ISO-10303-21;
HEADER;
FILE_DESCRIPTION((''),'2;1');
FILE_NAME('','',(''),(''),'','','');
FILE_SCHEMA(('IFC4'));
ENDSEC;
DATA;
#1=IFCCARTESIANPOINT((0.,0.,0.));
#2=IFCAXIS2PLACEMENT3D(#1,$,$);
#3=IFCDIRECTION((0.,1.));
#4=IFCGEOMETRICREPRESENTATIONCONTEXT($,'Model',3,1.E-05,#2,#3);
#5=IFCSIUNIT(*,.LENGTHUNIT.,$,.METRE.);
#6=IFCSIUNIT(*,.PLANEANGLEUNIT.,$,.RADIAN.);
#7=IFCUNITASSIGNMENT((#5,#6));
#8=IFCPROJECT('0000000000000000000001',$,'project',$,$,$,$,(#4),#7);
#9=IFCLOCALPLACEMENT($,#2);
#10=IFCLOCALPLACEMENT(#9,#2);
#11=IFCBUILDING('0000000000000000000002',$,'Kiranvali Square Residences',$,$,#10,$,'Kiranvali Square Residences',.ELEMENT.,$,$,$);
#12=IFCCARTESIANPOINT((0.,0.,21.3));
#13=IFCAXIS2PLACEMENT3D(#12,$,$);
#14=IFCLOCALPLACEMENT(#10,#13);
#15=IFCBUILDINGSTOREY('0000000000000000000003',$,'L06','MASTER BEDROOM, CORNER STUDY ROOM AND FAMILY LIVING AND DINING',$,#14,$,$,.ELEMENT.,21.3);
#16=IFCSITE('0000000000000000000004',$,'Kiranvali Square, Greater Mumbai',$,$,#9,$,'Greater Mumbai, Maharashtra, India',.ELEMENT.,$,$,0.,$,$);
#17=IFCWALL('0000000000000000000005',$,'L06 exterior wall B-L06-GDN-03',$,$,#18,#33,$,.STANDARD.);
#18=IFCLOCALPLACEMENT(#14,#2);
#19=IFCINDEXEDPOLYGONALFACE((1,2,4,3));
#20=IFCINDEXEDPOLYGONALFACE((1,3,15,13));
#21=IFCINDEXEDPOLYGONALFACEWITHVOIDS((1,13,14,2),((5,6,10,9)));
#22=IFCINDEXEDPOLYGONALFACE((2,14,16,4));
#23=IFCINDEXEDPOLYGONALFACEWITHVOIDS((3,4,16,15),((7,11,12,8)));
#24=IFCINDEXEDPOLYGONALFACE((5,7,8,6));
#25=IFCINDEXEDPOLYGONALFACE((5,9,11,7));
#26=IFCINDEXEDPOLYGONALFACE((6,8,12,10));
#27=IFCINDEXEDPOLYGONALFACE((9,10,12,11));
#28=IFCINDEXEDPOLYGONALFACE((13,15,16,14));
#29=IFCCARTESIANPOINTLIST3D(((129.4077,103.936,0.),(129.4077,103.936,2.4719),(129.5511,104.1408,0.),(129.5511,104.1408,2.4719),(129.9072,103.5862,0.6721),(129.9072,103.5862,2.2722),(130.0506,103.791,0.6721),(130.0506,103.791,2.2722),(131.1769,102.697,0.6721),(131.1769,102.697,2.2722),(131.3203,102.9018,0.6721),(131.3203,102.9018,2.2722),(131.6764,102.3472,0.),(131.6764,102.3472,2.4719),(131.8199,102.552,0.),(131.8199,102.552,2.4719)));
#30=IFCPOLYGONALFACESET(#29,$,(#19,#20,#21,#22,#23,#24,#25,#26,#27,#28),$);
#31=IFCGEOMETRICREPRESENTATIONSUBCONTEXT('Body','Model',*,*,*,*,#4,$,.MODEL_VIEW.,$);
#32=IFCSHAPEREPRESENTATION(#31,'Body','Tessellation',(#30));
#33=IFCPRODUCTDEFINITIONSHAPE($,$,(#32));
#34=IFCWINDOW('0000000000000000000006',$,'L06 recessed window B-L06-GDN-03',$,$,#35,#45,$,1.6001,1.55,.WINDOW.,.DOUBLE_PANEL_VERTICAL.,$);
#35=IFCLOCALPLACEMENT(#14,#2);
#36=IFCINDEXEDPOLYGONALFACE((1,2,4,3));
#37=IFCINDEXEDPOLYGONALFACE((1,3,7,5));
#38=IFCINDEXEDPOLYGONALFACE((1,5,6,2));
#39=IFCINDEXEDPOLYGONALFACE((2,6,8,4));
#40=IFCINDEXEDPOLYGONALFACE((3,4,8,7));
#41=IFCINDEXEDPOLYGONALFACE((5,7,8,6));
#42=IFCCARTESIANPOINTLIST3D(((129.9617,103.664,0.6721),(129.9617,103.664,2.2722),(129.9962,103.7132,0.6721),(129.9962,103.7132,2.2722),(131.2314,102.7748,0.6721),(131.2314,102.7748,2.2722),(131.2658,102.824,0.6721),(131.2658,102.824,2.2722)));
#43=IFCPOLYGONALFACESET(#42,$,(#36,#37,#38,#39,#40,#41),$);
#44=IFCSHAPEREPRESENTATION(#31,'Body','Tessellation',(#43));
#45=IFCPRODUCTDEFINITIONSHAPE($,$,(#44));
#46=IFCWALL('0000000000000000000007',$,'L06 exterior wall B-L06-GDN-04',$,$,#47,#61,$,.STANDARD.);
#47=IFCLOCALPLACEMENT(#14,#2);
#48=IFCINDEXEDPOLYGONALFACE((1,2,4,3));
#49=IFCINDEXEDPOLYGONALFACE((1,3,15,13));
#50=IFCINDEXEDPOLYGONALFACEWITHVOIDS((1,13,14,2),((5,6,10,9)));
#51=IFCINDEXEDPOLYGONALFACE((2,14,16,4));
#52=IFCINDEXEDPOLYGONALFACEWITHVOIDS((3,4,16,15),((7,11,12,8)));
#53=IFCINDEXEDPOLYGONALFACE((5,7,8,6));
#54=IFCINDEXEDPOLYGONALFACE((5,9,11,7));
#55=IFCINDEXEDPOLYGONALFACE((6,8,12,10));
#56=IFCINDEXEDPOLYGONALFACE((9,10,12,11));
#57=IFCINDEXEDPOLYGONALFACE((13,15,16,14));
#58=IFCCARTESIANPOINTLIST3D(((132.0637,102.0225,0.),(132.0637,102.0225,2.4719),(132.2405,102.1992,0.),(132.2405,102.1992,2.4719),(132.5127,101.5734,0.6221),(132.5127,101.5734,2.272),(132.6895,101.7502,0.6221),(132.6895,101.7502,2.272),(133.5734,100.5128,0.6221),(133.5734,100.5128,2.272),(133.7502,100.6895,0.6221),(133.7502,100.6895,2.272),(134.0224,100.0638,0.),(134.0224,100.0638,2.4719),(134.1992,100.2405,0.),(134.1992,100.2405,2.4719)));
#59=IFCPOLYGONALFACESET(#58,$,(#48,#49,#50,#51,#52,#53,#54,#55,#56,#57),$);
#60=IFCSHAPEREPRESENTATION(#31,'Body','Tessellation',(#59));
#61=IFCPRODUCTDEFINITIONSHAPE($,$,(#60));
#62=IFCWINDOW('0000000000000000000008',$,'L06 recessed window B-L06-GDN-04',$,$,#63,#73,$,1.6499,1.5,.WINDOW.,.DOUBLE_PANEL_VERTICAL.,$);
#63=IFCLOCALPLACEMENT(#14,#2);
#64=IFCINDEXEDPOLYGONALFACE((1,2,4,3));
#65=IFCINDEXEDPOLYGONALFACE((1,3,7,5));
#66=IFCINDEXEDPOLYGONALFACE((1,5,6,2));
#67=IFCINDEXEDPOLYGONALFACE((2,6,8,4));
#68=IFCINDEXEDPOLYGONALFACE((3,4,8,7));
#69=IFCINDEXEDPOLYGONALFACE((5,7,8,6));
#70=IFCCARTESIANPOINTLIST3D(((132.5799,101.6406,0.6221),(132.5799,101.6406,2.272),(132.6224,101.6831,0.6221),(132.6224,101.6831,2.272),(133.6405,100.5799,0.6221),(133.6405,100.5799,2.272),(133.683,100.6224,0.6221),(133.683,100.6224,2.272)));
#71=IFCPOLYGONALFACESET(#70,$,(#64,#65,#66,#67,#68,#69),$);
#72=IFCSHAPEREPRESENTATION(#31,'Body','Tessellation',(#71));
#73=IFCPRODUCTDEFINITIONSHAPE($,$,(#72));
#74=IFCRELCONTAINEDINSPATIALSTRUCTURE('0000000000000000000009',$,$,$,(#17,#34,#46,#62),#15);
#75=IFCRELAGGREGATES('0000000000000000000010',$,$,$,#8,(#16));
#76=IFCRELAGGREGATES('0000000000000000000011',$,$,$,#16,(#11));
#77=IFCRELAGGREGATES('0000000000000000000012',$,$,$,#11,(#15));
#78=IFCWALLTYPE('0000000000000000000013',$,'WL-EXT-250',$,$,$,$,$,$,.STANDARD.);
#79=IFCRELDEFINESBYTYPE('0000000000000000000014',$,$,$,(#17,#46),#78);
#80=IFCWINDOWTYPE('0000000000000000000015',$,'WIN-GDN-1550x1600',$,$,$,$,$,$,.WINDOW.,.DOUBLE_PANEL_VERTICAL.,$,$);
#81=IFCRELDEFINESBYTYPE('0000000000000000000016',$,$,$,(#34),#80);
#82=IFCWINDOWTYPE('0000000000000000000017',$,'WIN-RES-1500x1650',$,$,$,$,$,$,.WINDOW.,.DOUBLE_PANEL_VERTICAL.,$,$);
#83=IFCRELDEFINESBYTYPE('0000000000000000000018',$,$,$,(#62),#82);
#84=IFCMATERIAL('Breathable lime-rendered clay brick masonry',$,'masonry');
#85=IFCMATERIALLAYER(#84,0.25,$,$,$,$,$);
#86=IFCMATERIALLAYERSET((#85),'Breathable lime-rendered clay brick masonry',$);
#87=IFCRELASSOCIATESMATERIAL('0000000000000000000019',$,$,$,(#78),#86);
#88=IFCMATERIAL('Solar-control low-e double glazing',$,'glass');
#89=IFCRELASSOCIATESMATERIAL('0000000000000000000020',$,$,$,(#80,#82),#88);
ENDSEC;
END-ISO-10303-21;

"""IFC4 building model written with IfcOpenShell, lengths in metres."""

from ifc_helpers import new_model, si_unit, direction, frame, frame_2d, origin, place, context, subcontext, project, spatial, rectangle, extrude, material, layer, layer_set, type_object, element, fill, save


model = new_model("IFC4")

# Units and contexts
model_context = context("Model", 3, precision=1e-05, world=origin(), true_north=direction((0.0, 1.0)))
body_context = subcontext(model_context, "Body", "Model", "MODEL_VIEW")
ifc_project = project(units=[si_unit("LENGTHUNIT", "METRE"), si_unit("PLANEANGLEUNIT", "RADIAN")], contexts=[model_context])

# Site, building, storey
site_placement = place(None, origin())
site = spatial("IfcSite", under=ifc_project, at=site_placement, Name="Kiranvali Square, Greater Mumbai", LongName="Greater Mumbai, Maharashtra, India", CompositionType="ELEMENT", RefElevation=0.0)
building_placement = place(site_placement, origin())
building = spatial("IfcBuilding", under=site, at=building_placement, Name="Kiranvali Square Residences", LongName="Kiranvali Square Residences", CompositionType="ELEMENT")
storey_placement = place(building_placement, frame((0.0, 0.0, 21.3)))
storey = spatial("IfcBuildingStorey", under=building, at=storey_placement, Name="L06", Description="MASTER BEDROOM, CORNER STUDY ROOM AND FAMILY LIVING AND DINING", CompositionType="ELEMENT", Elevation=21.3)

# Shared definitions
ifc_material_1 = material(Name="Breathable lime-rendered clay brick masonry", Category="masonry")
ifc_layer_1 = layer(ifc_material_1, 0.25)
ifc_layer_set_1 = layer_set([ifc_layer_1], Name="Breathable lime-rendered clay brick masonry")
wall_type_1 = type_object("IfcWallType", Name="WL-EXT-250", PredefinedType="STANDARD", material=ifc_layer_set_1)

# Walls, openings, windows
wall_1_placement = place(storey_placement, frame((129.4795, 104.0383, 0.0), z_axis=(0.0, 0.0, 1.0), x_axis=(0.819112, -0.573634, 0.0)))
wall_1 = element("IfcWall", 1, at=wall_1_placement, inside=storey, type_object=wall_type_1, Name="L06 exterior wall B-L06-GDN-03", PredefinedType="STANDARD", context=body_context, shape_type="SweptSolid", body=[
    extrude(rectangle(XDim=2.7698, YDim=0.25, at=frame_2d((1.3848, 0.0))), origin(), (0.0, 0.0, 1.0), 2.4719),
])
opening_1_placement = place(wall_1_placement, frame((0.6099, 0.0, 0.6721)))
opening_1 = element("IfcOpeningElement", 2, at=opening_1_placement, cuts=wall_1, PredefinedType="OPENING", context=body_context, shape_type="SweptSolid", body=[
    extrude(rectangle(XDim=1.55, YDim=1.6001, at=frame_2d((0.7749, 0.8))), frame((0.0, 0.135, 0.0), z_axis=(0.0, -1.0, 0.0), x_axis=(1.0, 0.0, 0.0)), (0.0, 0.0, 1.0), 0.27),
])
ifc_material_2 = material(Name="Solar-control low-e double glazing", Category="glass")
window_type_1 = type_object("IfcWindowType", Name="WIN-GDN-1550x1600", PartitioningType="DOUBLE_PANEL_VERTICAL", PredefinedType="WINDOW", material=ifc_material_2)
window_1_placement = place(opening_1_placement, origin())
window_1 = element("IfcWindow", 3, at=window_1_placement, inside=storey, type_object=window_type_1, Name="L06 recessed window B-L06-GDN-03", OverallHeight=1.6001, OverallWidth=1.55, PartitioningType="DOUBLE_PANEL_VERTICAL", PredefinedType="WINDOW", context=body_context, shape_type="SweptSolid", body=[
    extrude(rectangle(XDim=1.55, YDim=1.6001, at=frame_2d((0.7749, 0.8))), frame((0.0, 0.03, 0.0), z_axis=(0.0, -1.0, 0.0), x_axis=(1.0, 0.0, 0.0)), (0.0, 0.0, 1.0), 0.0601),
])
fill(opening_1, window_1)
wall_2_placement = place(storey_placement, frame((132.1521, 102.1108, 0.0), z_axis=(0.0, 0.0, 1.0), x_axis=(0.707107, -0.707107, 0.0)))
wall_2 = element("IfcWall", 4, at=wall_2_placement, inside=storey, type_object=wall_type_1, Name="L06 exterior wall B-L06-GDN-04", PredefinedType="STANDARD", context=body_context, shape_type="SweptSolid", body=[
    extrude(rectangle(XDim=2.77, YDim=0.25, at=frame_2d((1.385, 0.0))), origin(), (0.0, 0.0, 1.0), 2.4719),
])
opening_2_placement = place(wall_2_placement, frame((0.635, 0.0, 0.6221)))
opening_2 = element("IfcOpeningElement", 5, at=opening_2_placement, cuts=wall_2, PredefinedType="OPENING", context=body_context, shape_type="SweptSolid", body=[
    extrude(rectangle(XDim=1.5, YDim=1.6499, at=frame_2d((0.75, 0.825))), frame((0.0, 0.135, 0.0), z_axis=(0.0, -1.0, 0.0), x_axis=(1.0, 0.0, 0.0)), (0.0, 0.0, 1.0), 0.27),
])
window_type_2 = type_object("IfcWindowType", Name="WIN-RES-1500x1650", PartitioningType="DOUBLE_PANEL_VERTICAL", PredefinedType="WINDOW", material=ifc_material_2)
window_2_placement = place(opening_2_placement, origin())
window_2 = element("IfcWindow", 6, at=window_2_placement, inside=storey, type_object=window_type_2, Name="L06 recessed window B-L06-GDN-04", OverallHeight=1.6499, OverallWidth=1.5, PartitioningType="DOUBLE_PANEL_VERTICAL", PredefinedType="WINDOW", context=body_context, shape_type="SweptSolid", body=[
    extrude(rectangle(XDim=1.5, YDim=1.6499, at=frame_2d((0.75, 0.825))), frame((0.0, 0.03, 0.0), z_axis=(0.0, -1.0, 0.0), x_axis=(1.0, 0.0, 0.0)), (0.0, 0.0, 1.0), 0.0601),
])
fill(opening_2, window_2)

save(model, "model.ifc")
